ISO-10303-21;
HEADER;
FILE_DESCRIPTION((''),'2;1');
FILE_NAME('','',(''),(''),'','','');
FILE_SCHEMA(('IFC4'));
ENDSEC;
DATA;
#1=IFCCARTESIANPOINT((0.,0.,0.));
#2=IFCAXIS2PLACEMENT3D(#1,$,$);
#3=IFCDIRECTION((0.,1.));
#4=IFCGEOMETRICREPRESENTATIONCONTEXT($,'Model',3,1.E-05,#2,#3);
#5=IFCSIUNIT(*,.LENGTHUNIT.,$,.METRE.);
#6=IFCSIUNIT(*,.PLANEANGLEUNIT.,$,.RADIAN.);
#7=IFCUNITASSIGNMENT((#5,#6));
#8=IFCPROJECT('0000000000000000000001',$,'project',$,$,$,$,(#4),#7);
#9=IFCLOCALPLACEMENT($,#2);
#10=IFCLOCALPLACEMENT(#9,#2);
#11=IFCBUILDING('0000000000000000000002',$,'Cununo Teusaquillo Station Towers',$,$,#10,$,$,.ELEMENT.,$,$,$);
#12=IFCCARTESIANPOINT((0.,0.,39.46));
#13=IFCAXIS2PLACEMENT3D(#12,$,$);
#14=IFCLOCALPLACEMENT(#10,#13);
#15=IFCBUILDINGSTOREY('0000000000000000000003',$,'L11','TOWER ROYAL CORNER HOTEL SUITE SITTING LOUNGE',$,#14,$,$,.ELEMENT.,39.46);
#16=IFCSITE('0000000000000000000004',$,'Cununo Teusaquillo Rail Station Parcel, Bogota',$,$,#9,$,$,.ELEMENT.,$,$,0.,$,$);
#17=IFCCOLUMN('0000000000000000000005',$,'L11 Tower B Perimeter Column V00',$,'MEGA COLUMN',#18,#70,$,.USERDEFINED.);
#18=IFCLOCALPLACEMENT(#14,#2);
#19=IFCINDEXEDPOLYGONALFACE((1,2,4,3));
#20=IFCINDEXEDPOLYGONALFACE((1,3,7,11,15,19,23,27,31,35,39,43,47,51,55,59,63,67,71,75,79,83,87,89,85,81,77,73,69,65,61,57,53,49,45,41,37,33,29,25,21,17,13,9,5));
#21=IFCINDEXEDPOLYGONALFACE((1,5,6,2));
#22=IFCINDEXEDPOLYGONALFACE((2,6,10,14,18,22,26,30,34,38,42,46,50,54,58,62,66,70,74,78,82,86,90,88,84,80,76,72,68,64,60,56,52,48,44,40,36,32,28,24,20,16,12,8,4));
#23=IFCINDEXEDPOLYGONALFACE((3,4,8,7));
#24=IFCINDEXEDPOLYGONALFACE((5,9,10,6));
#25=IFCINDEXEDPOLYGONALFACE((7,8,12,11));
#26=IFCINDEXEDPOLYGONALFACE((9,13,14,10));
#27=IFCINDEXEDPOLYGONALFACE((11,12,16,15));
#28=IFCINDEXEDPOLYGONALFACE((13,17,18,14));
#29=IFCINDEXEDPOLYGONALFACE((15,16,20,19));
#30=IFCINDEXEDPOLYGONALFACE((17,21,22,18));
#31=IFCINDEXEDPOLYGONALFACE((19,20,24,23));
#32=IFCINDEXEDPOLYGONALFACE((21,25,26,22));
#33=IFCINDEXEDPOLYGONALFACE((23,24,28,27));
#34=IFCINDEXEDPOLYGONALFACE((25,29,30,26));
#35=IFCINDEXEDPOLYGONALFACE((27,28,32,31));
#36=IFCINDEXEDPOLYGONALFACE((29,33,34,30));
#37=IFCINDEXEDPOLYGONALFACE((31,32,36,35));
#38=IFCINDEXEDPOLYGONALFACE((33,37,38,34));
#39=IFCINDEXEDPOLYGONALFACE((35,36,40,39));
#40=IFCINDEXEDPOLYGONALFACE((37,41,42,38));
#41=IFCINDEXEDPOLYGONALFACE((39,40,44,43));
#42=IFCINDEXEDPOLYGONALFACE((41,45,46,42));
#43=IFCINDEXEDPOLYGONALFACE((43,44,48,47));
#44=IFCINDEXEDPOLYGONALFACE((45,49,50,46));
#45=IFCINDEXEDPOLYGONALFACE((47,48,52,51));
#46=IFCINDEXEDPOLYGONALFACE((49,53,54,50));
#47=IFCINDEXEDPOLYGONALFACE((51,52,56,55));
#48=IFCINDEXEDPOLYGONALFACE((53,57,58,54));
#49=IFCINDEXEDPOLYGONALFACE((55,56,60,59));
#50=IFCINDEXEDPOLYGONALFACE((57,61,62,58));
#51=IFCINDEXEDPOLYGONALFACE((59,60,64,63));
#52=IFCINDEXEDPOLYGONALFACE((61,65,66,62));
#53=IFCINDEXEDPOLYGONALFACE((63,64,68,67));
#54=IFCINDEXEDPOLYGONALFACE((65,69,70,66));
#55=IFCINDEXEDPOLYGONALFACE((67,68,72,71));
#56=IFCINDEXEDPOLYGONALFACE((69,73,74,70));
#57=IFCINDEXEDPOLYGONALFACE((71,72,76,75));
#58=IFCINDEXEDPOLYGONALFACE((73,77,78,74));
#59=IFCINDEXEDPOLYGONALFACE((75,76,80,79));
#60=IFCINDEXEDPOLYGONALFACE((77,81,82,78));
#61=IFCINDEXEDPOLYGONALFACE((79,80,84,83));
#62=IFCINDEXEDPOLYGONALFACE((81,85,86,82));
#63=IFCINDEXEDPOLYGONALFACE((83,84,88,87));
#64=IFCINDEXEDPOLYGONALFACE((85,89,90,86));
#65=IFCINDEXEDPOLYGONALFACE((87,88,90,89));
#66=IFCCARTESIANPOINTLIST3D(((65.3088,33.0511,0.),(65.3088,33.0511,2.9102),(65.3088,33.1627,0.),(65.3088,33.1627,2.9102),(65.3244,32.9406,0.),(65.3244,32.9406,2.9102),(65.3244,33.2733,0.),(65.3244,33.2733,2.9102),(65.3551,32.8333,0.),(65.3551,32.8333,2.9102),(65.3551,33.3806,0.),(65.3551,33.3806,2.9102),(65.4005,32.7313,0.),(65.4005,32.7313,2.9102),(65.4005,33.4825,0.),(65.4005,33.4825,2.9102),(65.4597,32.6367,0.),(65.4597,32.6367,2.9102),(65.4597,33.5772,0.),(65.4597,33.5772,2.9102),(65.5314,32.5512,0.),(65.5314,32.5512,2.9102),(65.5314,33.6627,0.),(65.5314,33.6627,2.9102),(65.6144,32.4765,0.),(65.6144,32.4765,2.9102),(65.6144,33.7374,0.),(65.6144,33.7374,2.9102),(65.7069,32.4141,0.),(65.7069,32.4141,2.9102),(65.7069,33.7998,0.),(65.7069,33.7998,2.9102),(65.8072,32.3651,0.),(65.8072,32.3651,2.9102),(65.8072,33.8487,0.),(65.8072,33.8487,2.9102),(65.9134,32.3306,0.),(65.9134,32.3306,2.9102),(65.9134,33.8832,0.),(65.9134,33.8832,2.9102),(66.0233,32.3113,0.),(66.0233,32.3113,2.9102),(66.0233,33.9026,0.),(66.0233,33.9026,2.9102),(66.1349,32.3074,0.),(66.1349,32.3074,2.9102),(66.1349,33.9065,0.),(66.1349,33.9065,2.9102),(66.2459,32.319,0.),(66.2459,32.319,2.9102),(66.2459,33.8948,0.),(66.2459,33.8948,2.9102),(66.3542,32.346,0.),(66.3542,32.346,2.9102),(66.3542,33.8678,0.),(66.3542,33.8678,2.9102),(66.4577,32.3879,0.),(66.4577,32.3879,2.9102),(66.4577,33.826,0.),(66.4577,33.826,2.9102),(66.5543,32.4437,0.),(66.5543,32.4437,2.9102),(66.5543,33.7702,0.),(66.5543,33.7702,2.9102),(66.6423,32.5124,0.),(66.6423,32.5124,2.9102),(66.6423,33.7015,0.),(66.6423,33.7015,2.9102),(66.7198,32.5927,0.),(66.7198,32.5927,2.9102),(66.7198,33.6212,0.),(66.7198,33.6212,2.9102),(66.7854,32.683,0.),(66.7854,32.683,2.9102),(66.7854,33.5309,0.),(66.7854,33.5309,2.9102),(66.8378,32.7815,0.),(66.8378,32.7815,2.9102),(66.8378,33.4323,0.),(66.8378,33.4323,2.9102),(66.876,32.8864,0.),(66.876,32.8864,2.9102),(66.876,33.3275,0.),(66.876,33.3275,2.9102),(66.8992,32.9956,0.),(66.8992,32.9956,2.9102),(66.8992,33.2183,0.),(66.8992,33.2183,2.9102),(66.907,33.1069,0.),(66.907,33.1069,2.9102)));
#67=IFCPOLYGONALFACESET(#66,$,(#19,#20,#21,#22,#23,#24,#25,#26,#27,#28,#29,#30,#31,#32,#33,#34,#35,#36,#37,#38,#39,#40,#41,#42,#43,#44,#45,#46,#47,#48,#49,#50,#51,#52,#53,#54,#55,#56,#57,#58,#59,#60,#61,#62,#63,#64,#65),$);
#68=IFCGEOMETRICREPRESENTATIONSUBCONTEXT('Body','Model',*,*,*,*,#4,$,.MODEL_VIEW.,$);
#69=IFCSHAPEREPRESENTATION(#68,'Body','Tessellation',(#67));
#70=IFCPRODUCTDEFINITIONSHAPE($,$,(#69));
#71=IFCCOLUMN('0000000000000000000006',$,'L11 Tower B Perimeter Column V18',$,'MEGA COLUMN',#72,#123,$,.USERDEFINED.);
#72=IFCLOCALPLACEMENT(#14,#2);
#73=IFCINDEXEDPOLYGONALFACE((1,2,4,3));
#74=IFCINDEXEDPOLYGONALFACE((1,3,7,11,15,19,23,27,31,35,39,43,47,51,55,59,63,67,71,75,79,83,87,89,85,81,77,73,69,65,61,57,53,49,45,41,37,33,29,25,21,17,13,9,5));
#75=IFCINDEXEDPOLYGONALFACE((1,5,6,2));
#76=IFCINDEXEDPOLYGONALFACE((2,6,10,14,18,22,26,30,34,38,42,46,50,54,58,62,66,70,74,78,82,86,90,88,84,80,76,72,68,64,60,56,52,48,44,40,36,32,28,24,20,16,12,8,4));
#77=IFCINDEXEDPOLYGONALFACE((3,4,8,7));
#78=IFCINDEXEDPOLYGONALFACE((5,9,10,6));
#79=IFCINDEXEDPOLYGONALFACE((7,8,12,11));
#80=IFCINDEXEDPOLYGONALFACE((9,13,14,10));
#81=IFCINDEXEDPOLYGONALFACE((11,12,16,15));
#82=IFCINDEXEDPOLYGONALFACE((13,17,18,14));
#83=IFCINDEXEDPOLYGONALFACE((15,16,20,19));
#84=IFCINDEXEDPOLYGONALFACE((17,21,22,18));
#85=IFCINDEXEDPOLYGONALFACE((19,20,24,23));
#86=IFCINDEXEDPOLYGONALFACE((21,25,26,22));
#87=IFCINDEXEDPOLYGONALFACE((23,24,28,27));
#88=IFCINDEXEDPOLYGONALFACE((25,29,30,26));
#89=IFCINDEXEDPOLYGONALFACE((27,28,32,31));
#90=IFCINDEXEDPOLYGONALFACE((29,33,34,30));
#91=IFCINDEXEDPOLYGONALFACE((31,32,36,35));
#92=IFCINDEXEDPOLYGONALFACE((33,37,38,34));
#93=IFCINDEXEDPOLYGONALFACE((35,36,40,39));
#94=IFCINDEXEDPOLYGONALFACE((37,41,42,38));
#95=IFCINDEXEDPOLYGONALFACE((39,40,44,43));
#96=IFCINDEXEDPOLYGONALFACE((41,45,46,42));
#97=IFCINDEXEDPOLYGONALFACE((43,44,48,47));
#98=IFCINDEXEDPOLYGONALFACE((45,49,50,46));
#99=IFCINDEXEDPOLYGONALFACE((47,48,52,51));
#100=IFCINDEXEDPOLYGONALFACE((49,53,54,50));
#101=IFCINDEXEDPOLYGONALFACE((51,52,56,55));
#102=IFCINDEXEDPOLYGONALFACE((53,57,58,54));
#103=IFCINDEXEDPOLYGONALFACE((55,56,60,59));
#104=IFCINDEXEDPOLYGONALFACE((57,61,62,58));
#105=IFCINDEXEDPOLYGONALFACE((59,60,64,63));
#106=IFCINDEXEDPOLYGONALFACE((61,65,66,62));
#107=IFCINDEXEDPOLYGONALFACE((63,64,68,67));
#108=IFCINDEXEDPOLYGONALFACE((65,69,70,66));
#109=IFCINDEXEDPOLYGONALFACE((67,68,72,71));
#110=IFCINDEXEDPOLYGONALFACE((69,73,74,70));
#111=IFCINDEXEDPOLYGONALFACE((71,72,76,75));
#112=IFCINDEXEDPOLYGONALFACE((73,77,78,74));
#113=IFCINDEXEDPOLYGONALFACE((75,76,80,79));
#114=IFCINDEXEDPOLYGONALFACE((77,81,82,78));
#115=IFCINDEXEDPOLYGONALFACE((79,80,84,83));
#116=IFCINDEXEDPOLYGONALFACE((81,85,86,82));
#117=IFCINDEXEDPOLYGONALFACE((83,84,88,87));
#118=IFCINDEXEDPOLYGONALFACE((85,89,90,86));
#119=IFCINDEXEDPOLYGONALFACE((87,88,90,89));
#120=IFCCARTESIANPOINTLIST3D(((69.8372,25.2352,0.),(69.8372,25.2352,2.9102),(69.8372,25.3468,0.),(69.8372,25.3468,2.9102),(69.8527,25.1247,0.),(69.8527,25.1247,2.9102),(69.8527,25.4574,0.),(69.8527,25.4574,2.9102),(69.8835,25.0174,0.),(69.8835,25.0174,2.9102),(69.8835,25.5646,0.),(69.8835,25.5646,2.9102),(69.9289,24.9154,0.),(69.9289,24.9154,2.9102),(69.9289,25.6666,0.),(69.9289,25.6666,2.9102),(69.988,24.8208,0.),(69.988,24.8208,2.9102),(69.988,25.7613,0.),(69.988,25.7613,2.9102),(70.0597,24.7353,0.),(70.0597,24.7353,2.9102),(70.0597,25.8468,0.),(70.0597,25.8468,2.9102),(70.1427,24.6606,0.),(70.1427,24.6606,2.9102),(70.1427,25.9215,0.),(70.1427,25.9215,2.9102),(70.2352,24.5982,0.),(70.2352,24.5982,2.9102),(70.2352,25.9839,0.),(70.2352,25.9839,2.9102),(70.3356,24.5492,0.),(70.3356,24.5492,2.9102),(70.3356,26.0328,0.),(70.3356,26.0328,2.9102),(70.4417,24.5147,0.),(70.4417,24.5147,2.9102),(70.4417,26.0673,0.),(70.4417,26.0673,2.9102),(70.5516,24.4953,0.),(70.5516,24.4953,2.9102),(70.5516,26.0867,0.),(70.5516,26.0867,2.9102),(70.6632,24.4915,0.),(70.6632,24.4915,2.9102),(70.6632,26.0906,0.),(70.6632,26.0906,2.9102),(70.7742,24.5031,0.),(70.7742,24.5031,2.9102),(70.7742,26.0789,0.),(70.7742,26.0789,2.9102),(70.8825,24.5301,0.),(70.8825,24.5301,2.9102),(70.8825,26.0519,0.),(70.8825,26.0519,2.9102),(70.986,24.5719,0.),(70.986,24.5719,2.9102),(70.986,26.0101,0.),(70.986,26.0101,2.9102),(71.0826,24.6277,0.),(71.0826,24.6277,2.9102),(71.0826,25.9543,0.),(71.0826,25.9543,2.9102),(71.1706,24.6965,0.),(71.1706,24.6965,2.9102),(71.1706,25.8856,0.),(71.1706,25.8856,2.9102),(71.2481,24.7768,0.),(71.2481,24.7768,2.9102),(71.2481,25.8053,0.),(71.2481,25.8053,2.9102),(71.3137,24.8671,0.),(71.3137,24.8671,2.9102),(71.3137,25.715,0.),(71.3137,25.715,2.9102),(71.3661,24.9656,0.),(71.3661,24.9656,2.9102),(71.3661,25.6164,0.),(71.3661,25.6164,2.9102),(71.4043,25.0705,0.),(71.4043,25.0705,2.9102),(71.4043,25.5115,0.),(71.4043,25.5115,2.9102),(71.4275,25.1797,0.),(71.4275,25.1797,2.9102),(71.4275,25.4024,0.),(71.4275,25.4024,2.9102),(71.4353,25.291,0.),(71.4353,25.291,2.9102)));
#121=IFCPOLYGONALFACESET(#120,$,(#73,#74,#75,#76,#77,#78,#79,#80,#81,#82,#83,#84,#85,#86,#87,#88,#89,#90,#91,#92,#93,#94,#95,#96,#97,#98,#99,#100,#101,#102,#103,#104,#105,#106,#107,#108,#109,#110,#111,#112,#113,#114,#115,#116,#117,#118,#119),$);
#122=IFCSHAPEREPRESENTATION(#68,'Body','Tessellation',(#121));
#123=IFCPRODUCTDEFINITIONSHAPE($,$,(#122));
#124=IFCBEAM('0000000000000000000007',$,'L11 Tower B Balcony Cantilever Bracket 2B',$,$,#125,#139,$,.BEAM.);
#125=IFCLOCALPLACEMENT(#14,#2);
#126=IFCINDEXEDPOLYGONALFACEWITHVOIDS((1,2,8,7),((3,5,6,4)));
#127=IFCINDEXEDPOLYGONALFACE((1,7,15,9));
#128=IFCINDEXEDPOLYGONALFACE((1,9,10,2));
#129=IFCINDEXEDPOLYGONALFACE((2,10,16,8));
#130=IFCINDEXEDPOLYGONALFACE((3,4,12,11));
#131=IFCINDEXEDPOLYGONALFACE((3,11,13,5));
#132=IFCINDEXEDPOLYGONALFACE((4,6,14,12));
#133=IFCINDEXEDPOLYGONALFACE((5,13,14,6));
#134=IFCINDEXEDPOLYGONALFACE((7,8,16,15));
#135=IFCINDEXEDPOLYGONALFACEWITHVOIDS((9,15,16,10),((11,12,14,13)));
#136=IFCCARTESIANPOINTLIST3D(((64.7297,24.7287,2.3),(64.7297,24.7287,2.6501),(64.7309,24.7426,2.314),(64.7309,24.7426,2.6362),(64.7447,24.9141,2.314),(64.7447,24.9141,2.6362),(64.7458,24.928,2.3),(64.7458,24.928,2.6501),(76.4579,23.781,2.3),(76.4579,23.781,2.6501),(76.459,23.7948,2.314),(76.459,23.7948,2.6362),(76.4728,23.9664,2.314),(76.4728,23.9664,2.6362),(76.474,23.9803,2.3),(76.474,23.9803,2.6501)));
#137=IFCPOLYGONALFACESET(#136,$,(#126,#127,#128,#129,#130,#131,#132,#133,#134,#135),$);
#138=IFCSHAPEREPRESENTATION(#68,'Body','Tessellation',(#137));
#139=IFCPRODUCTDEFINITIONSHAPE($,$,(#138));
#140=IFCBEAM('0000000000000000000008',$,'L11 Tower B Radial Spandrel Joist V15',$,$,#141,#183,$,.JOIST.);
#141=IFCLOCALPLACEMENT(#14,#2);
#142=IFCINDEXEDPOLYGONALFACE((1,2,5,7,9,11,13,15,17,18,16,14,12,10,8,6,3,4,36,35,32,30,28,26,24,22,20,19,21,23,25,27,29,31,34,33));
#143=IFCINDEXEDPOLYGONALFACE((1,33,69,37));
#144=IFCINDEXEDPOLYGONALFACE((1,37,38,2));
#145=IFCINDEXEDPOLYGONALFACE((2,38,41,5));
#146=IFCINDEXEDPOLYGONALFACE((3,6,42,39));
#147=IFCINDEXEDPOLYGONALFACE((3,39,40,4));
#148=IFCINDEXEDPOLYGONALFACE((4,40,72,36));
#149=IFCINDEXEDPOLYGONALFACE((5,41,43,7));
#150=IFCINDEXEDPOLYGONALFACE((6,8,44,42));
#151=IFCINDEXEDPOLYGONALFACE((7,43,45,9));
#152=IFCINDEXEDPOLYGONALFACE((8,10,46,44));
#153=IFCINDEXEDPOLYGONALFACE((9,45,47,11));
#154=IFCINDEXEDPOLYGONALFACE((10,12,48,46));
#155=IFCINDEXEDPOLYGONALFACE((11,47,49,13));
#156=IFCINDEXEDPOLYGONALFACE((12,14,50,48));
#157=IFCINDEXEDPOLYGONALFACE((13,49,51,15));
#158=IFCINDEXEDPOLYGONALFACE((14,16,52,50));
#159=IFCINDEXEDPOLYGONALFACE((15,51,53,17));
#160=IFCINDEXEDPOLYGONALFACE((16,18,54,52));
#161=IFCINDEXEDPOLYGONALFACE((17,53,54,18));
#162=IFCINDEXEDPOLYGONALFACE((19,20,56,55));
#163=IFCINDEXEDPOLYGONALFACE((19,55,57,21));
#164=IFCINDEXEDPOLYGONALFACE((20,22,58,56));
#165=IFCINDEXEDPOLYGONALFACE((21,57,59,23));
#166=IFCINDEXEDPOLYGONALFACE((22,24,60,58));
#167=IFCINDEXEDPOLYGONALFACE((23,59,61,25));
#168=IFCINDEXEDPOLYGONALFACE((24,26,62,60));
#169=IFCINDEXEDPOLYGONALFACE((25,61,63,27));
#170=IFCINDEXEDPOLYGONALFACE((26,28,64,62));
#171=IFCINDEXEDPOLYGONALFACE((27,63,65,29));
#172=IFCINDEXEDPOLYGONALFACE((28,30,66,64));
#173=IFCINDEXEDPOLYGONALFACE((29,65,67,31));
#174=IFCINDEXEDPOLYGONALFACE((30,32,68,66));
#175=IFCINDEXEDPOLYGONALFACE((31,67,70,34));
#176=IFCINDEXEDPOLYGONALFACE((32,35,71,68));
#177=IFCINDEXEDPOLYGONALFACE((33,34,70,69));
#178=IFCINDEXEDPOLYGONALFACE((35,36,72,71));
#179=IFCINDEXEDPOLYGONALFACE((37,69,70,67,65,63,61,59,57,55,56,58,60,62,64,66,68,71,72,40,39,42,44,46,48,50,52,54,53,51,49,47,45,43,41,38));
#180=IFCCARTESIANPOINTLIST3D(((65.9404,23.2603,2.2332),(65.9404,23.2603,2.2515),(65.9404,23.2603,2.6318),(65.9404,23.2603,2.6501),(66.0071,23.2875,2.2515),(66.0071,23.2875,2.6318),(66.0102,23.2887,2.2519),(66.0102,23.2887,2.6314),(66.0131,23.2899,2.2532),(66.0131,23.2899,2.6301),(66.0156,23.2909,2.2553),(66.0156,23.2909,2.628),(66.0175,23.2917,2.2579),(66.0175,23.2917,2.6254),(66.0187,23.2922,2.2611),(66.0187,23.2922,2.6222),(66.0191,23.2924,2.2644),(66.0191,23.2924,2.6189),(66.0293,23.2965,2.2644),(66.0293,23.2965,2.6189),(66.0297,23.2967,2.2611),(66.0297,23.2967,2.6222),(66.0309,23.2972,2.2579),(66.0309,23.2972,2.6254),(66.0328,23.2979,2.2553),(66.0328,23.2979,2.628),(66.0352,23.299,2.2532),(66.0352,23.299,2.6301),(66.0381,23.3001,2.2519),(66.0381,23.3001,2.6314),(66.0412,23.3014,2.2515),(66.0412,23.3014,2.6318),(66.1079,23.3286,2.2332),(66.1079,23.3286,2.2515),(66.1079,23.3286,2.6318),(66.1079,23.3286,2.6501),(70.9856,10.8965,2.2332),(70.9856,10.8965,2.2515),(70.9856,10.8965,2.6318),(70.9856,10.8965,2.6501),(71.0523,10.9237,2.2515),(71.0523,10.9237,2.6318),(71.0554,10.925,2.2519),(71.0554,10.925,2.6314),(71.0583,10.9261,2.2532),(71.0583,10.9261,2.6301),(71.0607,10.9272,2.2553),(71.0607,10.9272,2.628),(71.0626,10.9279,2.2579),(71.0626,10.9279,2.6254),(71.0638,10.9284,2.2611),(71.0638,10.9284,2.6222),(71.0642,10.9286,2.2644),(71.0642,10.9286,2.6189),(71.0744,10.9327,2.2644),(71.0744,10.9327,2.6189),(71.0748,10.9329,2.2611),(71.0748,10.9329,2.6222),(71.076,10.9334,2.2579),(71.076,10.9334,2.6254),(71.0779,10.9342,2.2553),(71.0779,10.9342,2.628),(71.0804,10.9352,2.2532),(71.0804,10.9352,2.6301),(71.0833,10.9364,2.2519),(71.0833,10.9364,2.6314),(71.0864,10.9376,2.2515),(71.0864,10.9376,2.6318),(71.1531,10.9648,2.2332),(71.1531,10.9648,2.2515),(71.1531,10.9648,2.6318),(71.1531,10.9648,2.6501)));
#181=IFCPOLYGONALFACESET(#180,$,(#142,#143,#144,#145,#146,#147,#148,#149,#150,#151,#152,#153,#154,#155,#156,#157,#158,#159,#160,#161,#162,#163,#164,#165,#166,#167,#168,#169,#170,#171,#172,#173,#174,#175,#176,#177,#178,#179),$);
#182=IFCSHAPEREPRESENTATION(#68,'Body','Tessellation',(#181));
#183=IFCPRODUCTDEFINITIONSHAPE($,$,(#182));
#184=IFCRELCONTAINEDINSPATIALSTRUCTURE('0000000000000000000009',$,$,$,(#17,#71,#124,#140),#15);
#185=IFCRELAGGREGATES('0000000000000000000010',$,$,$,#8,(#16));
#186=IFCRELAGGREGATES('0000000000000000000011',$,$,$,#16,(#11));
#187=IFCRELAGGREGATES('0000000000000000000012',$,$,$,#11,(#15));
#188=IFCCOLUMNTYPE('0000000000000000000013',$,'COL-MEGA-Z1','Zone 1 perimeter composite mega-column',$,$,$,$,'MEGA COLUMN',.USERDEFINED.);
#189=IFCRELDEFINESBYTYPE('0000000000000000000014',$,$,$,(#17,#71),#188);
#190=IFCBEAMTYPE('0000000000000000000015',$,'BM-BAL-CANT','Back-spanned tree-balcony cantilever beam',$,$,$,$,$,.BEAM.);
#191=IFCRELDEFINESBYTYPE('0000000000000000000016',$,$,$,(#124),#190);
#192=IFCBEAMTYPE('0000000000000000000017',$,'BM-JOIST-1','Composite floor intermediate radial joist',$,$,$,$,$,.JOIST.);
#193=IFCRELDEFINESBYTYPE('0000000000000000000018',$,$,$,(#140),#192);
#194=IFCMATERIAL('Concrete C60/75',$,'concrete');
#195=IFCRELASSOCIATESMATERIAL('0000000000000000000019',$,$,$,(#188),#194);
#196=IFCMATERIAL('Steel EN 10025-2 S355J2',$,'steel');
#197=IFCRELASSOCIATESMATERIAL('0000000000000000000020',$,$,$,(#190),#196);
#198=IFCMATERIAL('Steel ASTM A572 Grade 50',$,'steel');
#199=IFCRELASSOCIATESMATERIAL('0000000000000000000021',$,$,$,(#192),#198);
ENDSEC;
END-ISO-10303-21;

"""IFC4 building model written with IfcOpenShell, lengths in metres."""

from ifc_helpers import new_model, si_unit, direction, frame, origin, origin_2d, place, context, subcontext, project, spatial, hollow_rectangle, circle, i_section, extrude, material, material_profile, profile_set, type_object, element, save


model = new_model("IFC4")

# Units and contexts
model_context = context("Model", 3, precision=1e-05, world=origin(), true_north=direction((0.0, 1.0)))
body_context = subcontext(model_context, "Body", "Model", "MODEL_VIEW")
ifc_project = project(units=[si_unit("LENGTHUNIT", "METRE"), si_unit("PLANEANGLEUNIT", "RADIAN")], contexts=[model_context])

# Site, building, storey
site_placement = place(None, origin())
site = spatial("IfcSite", under=ifc_project, at=site_placement, Name="Cununo Teusaquillo Rail Station Parcel, Bogota", CompositionType="ELEMENT", RefElevation=0.0)
building_placement = place(site_placement, origin())
building = spatial("IfcBuilding", under=site, at=building_placement, Name="Cununo Teusaquillo Station Towers", CompositionType="ELEMENT")
storey_placement = place(building_placement, frame((0.0, 0.0, 39.46)))
storey = spatial("IfcBuildingStorey", under=building, at=storey_placement, Name="L11", Description="TOWER ROYAL CORNER HOTEL SUITE SITTING LOUNGE", CompositionType="ELEMENT", Elevation=39.46)

# Columns
ifc_material_1 = material(Name="Concrete C60/75", Category="concrete")
ifc_material_profile_1 = material_profile(ifc_material_1, circle(Radius=0.8, at=origin_2d()), Name="RC-CIRC-1600")
ifc_profile_set_1 = profile_set([ifc_material_profile_1], Name="Concrete C60/75")
column_type = type_object("IfcColumnType", Name="COL-MEGA-Z1", Description="Zone 1 perimeter composite mega-column", ElementType="MEGA COLUMN", PredefinedType="USERDEFINED", material=ifc_profile_set_1)
for number, where, z_axis, x_axis, name in (
    (1, (66.1069, 33.1069, 0.0), (0.0, 0.0, 1.0), (1.0, 0.0, 0.0), "L11 Tower B Perimeter Column V00"),
    (2, (70.6353, 25.291, 0.0), (0.0, 0.0, 1.0), (1.0, 0.0, 0.0), "L11 Tower B Perimeter Column V18"),
):
    element("IfcColumn", number, at=place(storey_placement, frame(where, z_axis=z_axis, x_axis=x_axis)), inside=storey, type_object=column_type, Name=name, ObjectType="MEGA COLUMN", PredefinedType="USERDEFINED", context=body_context, shape_type="SweptSolid", body=[
        extrude(circle(Radius=0.8, at=origin_2d()), origin(), (0.0, 0.0, 1.0), 2.9102),
    ])

# Beams
ifc_material_2 = material(Name="Steel EN 10025-2 S355J2", Category="steel")
ifc_material_profile_2 = material_profile(ifc_material_2, hollow_rectangle(XDim=0.2, YDim=0.3501, WallThickness=0.0139, at=origin_2d()), Name="RHS 350x200x14")
ifc_profile_set_2 = profile_set([ifc_material_profile_2], Name="Steel EN 10025-2 S355J2")
beam_type_1 = type_object("IfcBeamType", Name="BM-BAL-CANT", Description="Back-spanned tree-balcony cantilever beam", PredefinedType="BEAM", material=ifc_profile_set_2)
beam_1_placement = place(storey_placement, frame((64.7378, 24.8284, 2.4751), z_axis=(0.996751, -0.080548, 0.0), x_axis=(0.080548, 0.996751, 0.0)))
element("IfcBeam", 3, at=beam_1_placement, inside=storey, type_object=beam_type_1, Name="L11 Tower B Balcony Cantilever Bracket 2B", PredefinedType="BEAM", context=body_context, shape_type="SweptSolid", body=[
    extrude(hollow_rectangle(XDim=0.2, YDim=0.3501, WallThickness=0.0139, at=origin_2d()), origin(), (0.0, 0.0, 1.0), 11.7664),
])
ifc_material_3 = material(Name="Steel ASTM A572 Grade 50", Category="steel")
ifc_material_profile_3 = material_profile(ifc_material_3, i_section(OverallWidth=0.1809, OverallDepth=0.417, WebThickness=0.011, FlangeThickness=0.0183, FilletRadius=0.0129, at=origin_2d()), Name="W16X57")
ifc_profile_set_3 = profile_set([ifc_material_profile_3], Name="Steel ASTM A572 Grade 50")
beam_type_2 = type_object("IfcBeamType", Name="BM-JOIST-1", Description="Composite floor intermediate radial joist", PredefinedType="JOIST", material=ifc_profile_set_3)
beam_2_placement = place(storey_placement, frame((66.0242, 23.2944, 2.4417), z_axis=(0.377815, -0.925881, 0.0), x_axis=(0.925881, 0.377815, 0.0)))
element("IfcBeam", 4, at=beam_2_placement, inside=storey, type_object=beam_type_2, Name="L11 Tower B Radial Spandrel Joist V15", PredefinedType="JOIST", context=body_context, shape_type="SweptSolid", body=[
    extrude(i_section(OverallWidth=0.1809, OverallDepth=0.417, WebThickness=0.011, FlangeThickness=0.0183, FilletRadius=0.0129, at=origin_2d()), origin(), (0.0, 0.0, 1.0), 13.3535),
])

save(model, "model.ifc")
